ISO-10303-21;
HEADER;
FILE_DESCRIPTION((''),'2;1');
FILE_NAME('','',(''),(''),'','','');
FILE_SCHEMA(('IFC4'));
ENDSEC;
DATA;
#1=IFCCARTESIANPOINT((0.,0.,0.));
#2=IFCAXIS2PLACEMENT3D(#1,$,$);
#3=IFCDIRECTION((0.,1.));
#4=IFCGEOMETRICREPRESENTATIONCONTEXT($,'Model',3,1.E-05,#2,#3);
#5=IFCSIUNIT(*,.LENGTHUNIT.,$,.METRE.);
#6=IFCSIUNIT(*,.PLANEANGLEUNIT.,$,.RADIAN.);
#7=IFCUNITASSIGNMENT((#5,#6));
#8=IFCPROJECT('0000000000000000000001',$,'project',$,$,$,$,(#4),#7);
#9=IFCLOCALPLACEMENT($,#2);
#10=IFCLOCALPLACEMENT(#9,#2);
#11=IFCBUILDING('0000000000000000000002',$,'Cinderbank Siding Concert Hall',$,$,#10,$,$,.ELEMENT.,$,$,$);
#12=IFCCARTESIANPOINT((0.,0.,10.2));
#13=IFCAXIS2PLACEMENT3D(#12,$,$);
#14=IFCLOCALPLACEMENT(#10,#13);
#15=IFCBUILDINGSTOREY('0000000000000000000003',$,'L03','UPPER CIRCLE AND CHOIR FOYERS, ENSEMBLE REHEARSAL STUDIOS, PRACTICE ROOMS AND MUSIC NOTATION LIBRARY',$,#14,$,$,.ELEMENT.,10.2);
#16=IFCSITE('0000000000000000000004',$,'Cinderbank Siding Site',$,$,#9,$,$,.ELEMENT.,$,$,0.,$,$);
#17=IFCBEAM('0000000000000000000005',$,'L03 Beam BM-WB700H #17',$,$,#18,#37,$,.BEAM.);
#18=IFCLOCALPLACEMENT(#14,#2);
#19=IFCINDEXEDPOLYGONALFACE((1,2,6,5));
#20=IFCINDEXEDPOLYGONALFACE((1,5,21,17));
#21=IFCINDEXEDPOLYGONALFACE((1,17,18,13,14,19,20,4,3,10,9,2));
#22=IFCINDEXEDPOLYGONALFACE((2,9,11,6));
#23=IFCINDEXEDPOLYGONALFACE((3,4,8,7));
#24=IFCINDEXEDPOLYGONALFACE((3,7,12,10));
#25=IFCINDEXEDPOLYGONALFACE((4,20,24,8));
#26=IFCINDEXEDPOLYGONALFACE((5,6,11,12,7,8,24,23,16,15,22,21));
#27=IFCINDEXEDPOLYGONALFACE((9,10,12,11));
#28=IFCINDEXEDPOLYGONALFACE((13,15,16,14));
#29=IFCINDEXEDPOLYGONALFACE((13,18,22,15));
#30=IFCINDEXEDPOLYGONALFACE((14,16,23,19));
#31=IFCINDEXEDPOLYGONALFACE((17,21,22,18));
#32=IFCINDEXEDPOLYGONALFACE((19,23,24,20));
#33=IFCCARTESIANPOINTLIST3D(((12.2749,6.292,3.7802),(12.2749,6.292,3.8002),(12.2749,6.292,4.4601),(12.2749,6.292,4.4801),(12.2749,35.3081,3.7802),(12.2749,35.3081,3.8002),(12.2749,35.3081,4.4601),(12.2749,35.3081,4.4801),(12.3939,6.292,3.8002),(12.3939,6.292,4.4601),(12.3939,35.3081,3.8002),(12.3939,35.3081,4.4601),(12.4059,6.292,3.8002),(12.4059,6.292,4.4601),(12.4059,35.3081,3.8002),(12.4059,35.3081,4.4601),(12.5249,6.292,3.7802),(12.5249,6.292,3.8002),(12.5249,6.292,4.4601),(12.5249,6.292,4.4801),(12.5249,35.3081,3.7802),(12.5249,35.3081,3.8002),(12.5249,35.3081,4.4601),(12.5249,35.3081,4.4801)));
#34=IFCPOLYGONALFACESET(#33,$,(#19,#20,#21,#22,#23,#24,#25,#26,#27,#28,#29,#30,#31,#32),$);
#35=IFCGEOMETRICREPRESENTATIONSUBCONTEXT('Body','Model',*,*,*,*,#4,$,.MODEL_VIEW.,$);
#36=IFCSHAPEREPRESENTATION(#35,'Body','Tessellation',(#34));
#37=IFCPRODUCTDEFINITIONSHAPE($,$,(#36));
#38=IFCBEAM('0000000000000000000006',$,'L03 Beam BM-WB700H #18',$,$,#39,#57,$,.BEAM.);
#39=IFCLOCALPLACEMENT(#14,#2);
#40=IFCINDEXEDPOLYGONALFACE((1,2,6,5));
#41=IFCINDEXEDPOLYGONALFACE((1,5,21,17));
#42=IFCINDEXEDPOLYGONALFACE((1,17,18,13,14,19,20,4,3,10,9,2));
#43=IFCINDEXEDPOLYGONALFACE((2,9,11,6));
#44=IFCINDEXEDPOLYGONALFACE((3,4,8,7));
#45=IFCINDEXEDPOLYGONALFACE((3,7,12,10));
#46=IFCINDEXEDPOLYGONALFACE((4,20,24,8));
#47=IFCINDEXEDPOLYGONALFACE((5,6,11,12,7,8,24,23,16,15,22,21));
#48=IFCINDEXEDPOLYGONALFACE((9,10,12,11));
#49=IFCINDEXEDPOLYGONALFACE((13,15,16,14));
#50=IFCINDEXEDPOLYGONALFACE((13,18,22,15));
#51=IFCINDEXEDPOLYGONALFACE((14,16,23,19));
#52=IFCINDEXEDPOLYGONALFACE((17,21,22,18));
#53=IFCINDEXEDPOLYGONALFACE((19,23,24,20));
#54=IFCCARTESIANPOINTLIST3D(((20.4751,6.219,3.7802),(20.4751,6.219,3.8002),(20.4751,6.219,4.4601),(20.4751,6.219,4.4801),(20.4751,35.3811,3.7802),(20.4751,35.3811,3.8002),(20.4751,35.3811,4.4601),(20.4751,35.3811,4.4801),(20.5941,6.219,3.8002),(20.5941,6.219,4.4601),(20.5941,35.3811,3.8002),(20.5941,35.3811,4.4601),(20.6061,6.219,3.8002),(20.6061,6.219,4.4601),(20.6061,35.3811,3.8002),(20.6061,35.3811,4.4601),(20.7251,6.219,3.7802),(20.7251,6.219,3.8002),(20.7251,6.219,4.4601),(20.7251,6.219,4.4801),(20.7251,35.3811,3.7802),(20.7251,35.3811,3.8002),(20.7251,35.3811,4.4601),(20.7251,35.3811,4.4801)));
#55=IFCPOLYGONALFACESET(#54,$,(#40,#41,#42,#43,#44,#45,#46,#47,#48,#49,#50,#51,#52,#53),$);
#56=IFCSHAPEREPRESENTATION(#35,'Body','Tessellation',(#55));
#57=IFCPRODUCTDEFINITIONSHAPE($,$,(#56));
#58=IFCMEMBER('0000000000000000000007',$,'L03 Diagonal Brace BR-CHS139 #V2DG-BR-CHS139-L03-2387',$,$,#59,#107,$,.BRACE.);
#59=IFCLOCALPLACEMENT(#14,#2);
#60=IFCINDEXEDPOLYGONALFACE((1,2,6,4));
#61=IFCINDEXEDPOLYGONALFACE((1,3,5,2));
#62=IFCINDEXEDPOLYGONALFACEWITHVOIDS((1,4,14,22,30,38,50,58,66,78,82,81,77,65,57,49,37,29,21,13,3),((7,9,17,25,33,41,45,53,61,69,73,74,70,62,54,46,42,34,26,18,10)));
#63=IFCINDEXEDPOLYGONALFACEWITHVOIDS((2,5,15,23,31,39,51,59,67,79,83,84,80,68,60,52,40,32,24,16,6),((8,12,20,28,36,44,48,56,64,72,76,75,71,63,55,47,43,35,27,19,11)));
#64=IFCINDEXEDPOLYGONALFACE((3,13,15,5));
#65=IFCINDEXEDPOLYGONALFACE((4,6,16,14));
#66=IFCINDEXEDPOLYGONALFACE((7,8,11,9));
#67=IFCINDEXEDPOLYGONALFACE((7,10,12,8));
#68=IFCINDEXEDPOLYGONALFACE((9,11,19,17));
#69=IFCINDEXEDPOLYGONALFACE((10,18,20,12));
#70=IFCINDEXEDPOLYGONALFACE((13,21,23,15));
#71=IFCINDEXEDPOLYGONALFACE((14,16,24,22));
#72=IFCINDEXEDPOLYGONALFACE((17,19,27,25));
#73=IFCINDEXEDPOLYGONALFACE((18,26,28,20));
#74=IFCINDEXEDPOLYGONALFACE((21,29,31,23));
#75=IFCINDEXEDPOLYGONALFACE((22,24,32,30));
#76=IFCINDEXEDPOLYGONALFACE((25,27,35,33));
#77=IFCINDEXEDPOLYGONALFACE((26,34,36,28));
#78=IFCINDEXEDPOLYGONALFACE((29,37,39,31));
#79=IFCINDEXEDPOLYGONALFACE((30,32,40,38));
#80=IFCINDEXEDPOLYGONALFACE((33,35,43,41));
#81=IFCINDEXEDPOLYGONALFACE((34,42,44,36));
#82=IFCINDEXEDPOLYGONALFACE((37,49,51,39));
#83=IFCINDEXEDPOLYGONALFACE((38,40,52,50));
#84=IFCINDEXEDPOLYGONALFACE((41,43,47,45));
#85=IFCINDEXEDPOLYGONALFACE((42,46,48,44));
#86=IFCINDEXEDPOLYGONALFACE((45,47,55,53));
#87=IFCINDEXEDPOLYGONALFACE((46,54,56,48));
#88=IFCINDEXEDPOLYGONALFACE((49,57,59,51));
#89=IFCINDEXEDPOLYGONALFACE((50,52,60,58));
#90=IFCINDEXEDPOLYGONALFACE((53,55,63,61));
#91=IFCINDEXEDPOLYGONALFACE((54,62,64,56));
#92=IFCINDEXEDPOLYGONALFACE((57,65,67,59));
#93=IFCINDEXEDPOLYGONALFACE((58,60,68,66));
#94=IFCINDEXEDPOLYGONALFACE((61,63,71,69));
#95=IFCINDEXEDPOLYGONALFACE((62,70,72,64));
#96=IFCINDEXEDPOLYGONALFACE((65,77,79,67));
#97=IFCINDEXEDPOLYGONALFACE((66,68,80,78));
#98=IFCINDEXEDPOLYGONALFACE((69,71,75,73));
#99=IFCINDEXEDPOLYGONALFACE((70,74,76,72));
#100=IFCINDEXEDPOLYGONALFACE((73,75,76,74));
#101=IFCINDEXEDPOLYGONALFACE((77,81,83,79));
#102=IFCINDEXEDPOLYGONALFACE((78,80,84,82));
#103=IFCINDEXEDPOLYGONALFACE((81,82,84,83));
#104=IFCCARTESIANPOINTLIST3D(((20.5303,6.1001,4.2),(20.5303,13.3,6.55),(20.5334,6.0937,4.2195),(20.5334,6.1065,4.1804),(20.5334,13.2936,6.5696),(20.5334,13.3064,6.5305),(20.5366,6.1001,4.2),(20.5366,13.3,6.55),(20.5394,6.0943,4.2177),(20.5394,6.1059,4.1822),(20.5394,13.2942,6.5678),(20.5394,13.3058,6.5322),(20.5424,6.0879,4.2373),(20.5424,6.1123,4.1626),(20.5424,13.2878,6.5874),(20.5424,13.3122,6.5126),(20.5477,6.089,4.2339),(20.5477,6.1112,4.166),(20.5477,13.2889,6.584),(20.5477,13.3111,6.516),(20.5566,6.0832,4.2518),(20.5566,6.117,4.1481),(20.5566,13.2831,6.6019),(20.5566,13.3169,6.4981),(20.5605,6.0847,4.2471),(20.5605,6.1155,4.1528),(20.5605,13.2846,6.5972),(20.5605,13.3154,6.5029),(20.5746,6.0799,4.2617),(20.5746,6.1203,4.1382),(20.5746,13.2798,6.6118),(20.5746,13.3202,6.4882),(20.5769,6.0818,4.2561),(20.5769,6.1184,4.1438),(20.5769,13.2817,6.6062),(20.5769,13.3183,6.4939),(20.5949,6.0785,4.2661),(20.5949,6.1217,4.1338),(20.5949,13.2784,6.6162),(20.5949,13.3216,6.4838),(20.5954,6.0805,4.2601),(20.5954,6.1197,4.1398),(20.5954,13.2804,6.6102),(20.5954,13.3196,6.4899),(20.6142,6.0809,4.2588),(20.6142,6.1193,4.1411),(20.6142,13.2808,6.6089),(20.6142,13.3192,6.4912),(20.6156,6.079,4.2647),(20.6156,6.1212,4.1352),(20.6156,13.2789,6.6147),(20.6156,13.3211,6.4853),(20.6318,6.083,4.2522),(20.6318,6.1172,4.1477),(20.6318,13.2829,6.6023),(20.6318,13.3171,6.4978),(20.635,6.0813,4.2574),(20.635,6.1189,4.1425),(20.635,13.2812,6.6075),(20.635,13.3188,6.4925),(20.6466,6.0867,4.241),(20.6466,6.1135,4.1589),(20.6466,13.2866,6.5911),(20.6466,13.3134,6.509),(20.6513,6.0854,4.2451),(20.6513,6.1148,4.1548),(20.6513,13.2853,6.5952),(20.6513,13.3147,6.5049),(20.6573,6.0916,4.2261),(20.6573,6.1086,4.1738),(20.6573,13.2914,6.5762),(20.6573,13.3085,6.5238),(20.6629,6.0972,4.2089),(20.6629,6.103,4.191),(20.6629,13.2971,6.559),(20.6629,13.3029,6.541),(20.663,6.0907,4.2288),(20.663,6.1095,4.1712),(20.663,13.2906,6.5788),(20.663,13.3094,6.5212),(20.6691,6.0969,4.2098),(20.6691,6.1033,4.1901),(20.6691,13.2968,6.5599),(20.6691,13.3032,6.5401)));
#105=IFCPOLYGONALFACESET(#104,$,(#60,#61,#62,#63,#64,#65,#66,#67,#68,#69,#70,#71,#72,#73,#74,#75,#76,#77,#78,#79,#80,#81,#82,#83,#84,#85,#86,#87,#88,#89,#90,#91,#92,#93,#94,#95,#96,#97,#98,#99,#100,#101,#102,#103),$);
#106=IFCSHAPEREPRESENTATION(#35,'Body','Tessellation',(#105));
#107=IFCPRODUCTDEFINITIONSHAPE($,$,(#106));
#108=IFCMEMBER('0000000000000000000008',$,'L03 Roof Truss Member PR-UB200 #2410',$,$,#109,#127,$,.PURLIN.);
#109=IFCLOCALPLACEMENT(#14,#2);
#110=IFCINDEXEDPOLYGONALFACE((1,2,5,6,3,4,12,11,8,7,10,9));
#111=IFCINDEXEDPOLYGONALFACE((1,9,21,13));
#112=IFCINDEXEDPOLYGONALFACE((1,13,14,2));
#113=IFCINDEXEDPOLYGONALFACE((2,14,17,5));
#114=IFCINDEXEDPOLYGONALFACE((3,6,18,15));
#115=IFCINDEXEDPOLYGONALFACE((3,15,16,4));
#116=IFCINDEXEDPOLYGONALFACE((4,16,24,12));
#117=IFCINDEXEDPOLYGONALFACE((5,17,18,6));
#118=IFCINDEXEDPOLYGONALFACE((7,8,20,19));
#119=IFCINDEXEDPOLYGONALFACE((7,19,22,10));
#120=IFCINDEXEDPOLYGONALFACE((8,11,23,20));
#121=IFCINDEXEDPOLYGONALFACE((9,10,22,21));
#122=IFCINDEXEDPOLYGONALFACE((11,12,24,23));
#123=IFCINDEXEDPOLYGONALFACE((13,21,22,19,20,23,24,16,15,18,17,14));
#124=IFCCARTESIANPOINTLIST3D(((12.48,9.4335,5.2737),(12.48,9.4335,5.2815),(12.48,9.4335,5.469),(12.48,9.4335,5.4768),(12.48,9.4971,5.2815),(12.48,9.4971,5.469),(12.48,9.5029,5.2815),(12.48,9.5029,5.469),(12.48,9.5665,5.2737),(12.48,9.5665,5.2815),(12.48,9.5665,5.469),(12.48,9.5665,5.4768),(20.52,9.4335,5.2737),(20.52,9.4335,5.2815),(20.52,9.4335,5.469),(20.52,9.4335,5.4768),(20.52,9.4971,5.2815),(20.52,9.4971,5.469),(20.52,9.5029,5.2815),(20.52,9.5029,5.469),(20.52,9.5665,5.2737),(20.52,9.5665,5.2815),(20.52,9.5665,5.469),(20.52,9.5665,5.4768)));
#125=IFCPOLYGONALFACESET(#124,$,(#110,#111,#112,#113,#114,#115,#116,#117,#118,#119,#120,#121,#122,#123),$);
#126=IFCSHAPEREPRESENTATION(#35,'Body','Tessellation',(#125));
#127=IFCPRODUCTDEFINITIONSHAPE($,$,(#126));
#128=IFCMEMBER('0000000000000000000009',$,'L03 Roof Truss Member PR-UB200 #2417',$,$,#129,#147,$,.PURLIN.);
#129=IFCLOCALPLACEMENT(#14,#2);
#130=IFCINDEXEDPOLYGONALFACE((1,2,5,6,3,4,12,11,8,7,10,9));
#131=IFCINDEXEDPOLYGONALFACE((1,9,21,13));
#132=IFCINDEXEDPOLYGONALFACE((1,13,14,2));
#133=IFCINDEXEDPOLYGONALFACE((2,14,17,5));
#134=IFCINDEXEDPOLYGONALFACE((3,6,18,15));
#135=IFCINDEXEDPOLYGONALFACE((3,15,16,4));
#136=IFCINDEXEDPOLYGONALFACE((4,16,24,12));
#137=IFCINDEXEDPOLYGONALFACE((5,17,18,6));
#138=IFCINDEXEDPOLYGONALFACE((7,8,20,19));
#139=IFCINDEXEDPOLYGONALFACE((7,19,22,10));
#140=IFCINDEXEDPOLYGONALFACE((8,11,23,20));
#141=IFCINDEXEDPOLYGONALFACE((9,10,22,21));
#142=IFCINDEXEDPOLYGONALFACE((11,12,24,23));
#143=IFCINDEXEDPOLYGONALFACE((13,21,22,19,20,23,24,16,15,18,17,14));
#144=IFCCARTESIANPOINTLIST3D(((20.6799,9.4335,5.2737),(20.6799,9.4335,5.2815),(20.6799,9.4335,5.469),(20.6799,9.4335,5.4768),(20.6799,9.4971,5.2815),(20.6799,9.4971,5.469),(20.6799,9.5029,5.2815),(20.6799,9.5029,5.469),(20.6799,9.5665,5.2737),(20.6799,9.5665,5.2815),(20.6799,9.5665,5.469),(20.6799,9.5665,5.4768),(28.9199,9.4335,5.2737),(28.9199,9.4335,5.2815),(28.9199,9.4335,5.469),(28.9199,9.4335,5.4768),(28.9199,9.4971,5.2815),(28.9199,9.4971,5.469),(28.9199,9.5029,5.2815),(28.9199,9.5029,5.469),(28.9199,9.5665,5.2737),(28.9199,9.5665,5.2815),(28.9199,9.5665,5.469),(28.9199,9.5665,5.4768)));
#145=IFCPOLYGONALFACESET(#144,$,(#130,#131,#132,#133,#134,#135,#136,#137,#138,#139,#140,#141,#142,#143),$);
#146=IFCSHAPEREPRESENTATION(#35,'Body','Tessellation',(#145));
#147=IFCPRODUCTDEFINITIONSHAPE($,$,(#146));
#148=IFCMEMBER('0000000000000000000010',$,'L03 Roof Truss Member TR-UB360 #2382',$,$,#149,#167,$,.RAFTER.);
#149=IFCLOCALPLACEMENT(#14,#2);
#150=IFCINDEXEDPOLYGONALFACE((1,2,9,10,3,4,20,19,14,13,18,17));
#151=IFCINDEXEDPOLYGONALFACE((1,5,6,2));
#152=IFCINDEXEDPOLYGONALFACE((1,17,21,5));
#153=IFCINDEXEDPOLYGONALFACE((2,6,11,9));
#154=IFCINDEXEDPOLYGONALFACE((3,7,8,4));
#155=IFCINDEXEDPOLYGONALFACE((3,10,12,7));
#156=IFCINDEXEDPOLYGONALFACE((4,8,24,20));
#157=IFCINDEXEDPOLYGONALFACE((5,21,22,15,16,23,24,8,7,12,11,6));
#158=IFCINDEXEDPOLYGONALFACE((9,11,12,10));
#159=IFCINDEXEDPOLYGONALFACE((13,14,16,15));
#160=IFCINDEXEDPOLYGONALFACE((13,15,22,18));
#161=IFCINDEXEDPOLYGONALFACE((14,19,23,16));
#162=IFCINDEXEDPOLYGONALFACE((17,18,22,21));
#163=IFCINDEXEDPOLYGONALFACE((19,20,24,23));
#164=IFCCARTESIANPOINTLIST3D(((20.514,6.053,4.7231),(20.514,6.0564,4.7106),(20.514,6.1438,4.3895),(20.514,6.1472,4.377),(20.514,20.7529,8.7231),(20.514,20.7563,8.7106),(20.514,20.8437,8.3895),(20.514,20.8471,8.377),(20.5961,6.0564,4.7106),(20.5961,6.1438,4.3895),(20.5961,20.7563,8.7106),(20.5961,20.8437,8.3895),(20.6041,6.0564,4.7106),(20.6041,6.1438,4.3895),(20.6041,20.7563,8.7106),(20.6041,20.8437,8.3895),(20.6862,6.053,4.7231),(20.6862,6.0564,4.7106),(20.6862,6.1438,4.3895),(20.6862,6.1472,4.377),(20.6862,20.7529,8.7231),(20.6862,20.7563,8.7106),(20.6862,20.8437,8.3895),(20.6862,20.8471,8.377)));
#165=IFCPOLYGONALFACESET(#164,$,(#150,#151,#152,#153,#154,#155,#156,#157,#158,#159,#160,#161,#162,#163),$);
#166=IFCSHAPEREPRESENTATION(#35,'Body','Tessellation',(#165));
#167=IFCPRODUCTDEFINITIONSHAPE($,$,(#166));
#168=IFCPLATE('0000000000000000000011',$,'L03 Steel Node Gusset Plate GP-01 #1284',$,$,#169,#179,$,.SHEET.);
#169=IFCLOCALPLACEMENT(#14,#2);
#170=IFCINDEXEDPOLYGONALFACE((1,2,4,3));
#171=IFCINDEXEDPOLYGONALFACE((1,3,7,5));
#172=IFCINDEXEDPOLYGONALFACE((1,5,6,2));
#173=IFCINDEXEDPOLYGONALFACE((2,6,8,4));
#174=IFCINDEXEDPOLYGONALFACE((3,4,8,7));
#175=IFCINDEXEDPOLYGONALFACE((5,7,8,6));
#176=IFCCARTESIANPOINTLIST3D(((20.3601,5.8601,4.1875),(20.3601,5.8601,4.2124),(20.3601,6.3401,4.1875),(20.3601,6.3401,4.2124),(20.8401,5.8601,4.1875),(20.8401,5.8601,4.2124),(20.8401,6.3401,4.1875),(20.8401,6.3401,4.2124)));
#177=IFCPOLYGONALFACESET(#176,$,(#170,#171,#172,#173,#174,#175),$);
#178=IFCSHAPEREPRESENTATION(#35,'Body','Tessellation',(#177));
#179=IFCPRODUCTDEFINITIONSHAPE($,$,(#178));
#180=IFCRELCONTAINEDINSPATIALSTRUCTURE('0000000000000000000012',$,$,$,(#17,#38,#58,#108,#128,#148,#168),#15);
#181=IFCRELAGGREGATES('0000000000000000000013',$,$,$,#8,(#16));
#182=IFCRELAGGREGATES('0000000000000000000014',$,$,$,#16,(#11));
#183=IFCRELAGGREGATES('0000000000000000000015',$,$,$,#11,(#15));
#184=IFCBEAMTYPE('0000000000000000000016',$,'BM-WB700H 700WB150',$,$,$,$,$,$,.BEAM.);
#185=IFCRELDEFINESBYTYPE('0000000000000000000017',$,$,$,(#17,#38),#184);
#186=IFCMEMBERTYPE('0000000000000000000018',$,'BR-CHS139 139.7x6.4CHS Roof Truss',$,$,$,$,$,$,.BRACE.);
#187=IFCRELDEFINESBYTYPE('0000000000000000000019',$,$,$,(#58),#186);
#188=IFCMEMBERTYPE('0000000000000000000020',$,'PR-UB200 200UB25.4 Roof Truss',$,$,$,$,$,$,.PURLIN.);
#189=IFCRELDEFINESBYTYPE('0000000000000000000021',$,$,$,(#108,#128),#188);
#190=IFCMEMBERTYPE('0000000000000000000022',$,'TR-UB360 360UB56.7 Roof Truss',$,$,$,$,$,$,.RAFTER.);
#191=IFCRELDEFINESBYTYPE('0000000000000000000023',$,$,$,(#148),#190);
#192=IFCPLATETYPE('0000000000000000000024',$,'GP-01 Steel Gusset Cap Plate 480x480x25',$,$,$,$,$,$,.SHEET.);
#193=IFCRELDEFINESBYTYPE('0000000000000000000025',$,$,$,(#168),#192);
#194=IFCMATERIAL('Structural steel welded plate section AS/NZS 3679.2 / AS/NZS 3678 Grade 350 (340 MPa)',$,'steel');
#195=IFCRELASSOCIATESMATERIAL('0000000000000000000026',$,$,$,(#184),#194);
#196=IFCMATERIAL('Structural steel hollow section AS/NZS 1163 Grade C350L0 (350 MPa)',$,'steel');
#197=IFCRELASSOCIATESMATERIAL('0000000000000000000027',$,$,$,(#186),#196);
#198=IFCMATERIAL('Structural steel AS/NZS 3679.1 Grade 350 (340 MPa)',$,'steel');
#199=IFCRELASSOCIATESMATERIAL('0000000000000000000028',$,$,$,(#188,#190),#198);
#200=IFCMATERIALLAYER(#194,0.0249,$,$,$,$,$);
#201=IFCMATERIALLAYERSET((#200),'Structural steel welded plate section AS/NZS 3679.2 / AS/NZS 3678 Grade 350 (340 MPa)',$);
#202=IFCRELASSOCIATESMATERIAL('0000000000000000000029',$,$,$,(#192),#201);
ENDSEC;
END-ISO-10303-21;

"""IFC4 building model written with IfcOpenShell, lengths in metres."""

from ifc_helpers import new_model, si_unit, direction, frame, origin, origin_2d, place, context, subcontext, project, spatial, rectangle, hollow_circle, i_section, extrude, material, layer, layer_set, material_profile, profile_set, type_object, element, save


model = new_model("IFC4")

# Units and contexts
model_context = context("Model", 3, precision=1e-05, world=origin(), true_north=direction((0.0, 1.0)))
body_context = subcontext(model_context, "Body", "Model", "MODEL_VIEW")
ifc_project = project(units=[si_unit("LENGTHUNIT", "METRE"), si_unit("PLANEANGLEUNIT", "RADIAN")], contexts=[model_context])

# Site, building, storey
site_placement = place(None, origin())
site = spatial("IfcSite", under=ifc_project, at=site_placement, Name="Cinderbank Siding Site", CompositionType="ELEMENT", RefElevation=0.0)
building_placement = place(site_placement, origin())
building = spatial("IfcBuilding", under=site, at=building_placement, Name="Cinderbank Siding Concert Hall", CompositionType="ELEMENT")
storey_placement = place(building_placement, frame((0.0, 0.0, 10.2)))
storey = spatial("IfcBuildingStorey", under=building, at=storey_placement, Name="L03", Description="UPPER CIRCLE AND CHOIR FOYERS, ENSEMBLE REHEARSAL STUDIOS, PRACTICE ROOMS AND MUSIC NOTATION LIBRARY", CompositionType="ELEMENT", Elevation=10.2)

# Shared definitions
ifc_material_1 = material(Name="Structural steel AS/NZS 3679.1 Grade 350 (340 MPa)", Category="steel")

# Beams
ifc_material_2 = material(Name="Structural steel welded plate section AS/NZS 3679.2 / AS/NZS 3678 Grade 350 (340 MPa)", Category="steel")
ifc_material_profile_1 = material_profile(ifc_material_2, i_section(OverallWidth=0.25, OverallDepth=0.7, WebThickness=0.012, FlangeThickness=0.02, at=origin_2d()), Name="700WB150", Category="LoadBearing")
ifc_profile_set_1 = profile_set([ifc_material_profile_1], Name="Structural steel welded plate section AS/NZS 3679.2 / AS/NZS 3678 Grade 350 (340 MPa)")
beam_type_1 = type_object("IfcBeamType", Name="BM-WB700H 700WB150", PredefinedType="BEAM", material=ifc_profile_set_1)
beam_1_placement = place(storey_placement, frame((12.3999, 6.292, 4.1301), z_axis=(0.0, 1.0, 0.0), x_axis=(-1.0, 0.0, 0.0)))
element("IfcBeam", 1, at=beam_1_placement, inside=storey, type_object=beam_type_1, Name="L03 Beam BM-WB700H #17", PredefinedType="BEAM", context=body_context, shape_type="SweptSolid", body=[
    extrude(i_section(OverallWidth=0.25, OverallDepth=0.7, WebThickness=0.012, FlangeThickness=0.02, at=origin_2d()), origin(), (0.0, 0.0, 1.0), 29.0161),
])
beam_2_placement = place(storey_placement, frame((20.6001, 6.219, 4.1301), z_axis=(0.0, 1.0, 0.0), x_axis=(-1.0, 0.0, 0.0)))
element("IfcBeam", 2, at=beam_2_placement, inside=storey, type_object=beam_type_1, Name="L03 Beam BM-WB700H #18", PredefinedType="BEAM", context=body_context, shape_type="SweptSolid", body=[
    extrude(i_section(OverallWidth=0.25, OverallDepth=0.7, WebThickness=0.012, FlangeThickness=0.02, at=origin_2d()), origin(), (0.0, 0.0, 1.0), 29.1621),
])

# Members
ifc_material_3 = material(Name="Structural steel hollow section AS/NZS 1163 Grade C350L0 (350 MPa)", Category="steel")
ifc_material_profile_2 = material_profile(ifc_material_3, hollow_circle(Radius=0.0698, WallThickness=0.0063, at=origin_2d()), Name="139.7x6.4CHS", Category="LoadBearing")
ifc_profile_set_2 = profile_set([ifc_material_profile_2], Name="Structural steel hollow section AS/NZS 1163 Grade C350L0 (350 MPa)")
member_type_1 = type_object("IfcMemberType", Name="BR-CHS139 139.7x6.4CHS Roof Truss", PredefinedType="BRACE", material=ifc_profile_set_2)
member_1_placement = place(storey_placement, frame((20.6001, 6.1001, 4.2), z_axis=(0.0, 0.950641, 0.310294), x_axis=(-1.0, 0.0, 0.0)))
element("IfcMember", 3, at=member_1_placement, inside=storey, type_object=member_type_1, Name="L03 Diagonal Brace BR-CHS139 #V2DG-BR-CHS139-L03-2387", PredefinedType="BRACE", context=body_context, shape_type="SweptSolid", body=[
    extrude(hollow_circle(Radius=0.0698, WallThickness=0.0063, at=origin_2d()), origin(), (0.0, 0.0, 1.0), 7.5737),
])
ifc_material_profile_3 = material_profile(ifc_material_1, i_section(OverallWidth=0.1331, OverallDepth=0.2031, WebThickness=0.0059, FlangeThickness=0.0078, at=origin_2d()), Name="200UB25.4", Category="LoadBearing")
ifc_profile_set_3 = profile_set([ifc_material_profile_3], Name="Structural steel AS/NZS 3679.1 Grade 350 (340 MPa)")
member_type_2 = type_object("IfcMemberType", Name="PR-UB200 200UB25.4 Roof Truss", PredefinedType="PURLIN", material=ifc_profile_set_3)
member_2_placement = place(storey_placement, frame((12.48, 9.5, 5.3752), z_axis=(1.0, 0.0, 0.0), x_axis=(0.0, 1.0, 0.0)))
element("IfcMember", 4, at=member_2_placement, inside=storey, type_object=member_type_2, Name="L03 Roof Truss Member PR-UB200 #2410", PredefinedType="PURLIN", context=body_context, shape_type="SweptSolid", body=[
    extrude(i_section(OverallWidth=0.1331, OverallDepth=0.2031, WebThickness=0.0059, FlangeThickness=0.0078, at=origin_2d()), origin(), (0.0, 0.0, 1.0), 8.04),
])
member_3_placement = place(storey_placement, frame((20.6799, 9.5, 5.3752), z_axis=(1.0, 0.0, 0.0), x_axis=(0.0, 1.0, 0.0)))
element("IfcMember", 5, at=member_3_placement, inside=storey, type_object=member_type_2, Name="L03 Roof Truss Member PR-UB200 #2417", PredefinedType="PURLIN", context=body_context, shape_type="SweptSolid", body=[
    extrude(i_section(OverallWidth=0.1331, OverallDepth=0.2031, WebThickness=0.0059, FlangeThickness=0.0078, at=origin_2d()), origin(), (0.0, 0.0, 1.0), 8.24),
])
ifc_material_profile_4 = material_profile(ifc_material_1, i_section(OverallWidth=0.1721, OverallDepth=0.3586, WebThickness=0.0081, FlangeThickness=0.0129, at=origin_2d()), Name="360UB56.7", Category="LoadBearing")
ifc_profile_set_4 = profile_set([ifc_material_profile_4], Name="Structural steel AS/NZS 3679.1 Grade 350 (340 MPa)")
member_type_3 = type_object("IfcMemberType", Name="TR-UB360 360UB56.7 Roof Truss", PredefinedType="RAFTER", material=ifc_profile_set_4)
member_4_placement = place(storey_placement, frame((20.6001, 6.1001, 4.55), z_axis=(0.0, 0.964915, 0.262563), x_axis=(-1.0, 0.0, 0.0)))
element("IfcMember", 6, at=member_4_placement, inside=storey, type_object=member_type_3, Name="L03 Roof Truss Member TR-UB360 #2382", PredefinedType="RAFTER", context=body_context, shape_type="SweptSolid", body=[
    extrude(i_section(OverallWidth=0.1721, OverallDepth=0.3586, WebThickness=0.0081, FlangeThickness=0.0129, at=origin_2d()), origin(), (0.0, 0.0, 1.0), 15.2344),
])

# Plate
ifc_layer_1 = layer(ifc_material_2, 0.0249)
ifc_layer_set_1 = layer_set([ifc_layer_1], Name="Structural steel welded plate section AS/NZS 3679.2 / AS/NZS 3678 Grade 350 (340 MPa)")
plate_type = type_object("IfcPlateType", Name="GP-01 Steel Gusset Cap Plate 480x480x25", PredefinedType="SHEET", material=ifc_layer_set_1)
plate_placement = place(storey_placement, frame((20.6001, 6.1001, 4.1875), z_axis=(0.0, 0.0, 1.0), x_axis=(0.0, 1.0, 0.0)))
element("IfcPlate", 7, at=plate_placement, inside=storey, type_object=plate_type, Name="L03 Steel Node Gusset Plate GP-01 #1284", PredefinedType="SHEET", context=body_context, shape_type="SweptSolid", body=[
    extrude(rectangle(XDim=0.48, YDim=0.48, at=origin_2d()), origin(), (0.0, 0.0, 1.0), 0.0249),
])

save(model, "model.ifc")
